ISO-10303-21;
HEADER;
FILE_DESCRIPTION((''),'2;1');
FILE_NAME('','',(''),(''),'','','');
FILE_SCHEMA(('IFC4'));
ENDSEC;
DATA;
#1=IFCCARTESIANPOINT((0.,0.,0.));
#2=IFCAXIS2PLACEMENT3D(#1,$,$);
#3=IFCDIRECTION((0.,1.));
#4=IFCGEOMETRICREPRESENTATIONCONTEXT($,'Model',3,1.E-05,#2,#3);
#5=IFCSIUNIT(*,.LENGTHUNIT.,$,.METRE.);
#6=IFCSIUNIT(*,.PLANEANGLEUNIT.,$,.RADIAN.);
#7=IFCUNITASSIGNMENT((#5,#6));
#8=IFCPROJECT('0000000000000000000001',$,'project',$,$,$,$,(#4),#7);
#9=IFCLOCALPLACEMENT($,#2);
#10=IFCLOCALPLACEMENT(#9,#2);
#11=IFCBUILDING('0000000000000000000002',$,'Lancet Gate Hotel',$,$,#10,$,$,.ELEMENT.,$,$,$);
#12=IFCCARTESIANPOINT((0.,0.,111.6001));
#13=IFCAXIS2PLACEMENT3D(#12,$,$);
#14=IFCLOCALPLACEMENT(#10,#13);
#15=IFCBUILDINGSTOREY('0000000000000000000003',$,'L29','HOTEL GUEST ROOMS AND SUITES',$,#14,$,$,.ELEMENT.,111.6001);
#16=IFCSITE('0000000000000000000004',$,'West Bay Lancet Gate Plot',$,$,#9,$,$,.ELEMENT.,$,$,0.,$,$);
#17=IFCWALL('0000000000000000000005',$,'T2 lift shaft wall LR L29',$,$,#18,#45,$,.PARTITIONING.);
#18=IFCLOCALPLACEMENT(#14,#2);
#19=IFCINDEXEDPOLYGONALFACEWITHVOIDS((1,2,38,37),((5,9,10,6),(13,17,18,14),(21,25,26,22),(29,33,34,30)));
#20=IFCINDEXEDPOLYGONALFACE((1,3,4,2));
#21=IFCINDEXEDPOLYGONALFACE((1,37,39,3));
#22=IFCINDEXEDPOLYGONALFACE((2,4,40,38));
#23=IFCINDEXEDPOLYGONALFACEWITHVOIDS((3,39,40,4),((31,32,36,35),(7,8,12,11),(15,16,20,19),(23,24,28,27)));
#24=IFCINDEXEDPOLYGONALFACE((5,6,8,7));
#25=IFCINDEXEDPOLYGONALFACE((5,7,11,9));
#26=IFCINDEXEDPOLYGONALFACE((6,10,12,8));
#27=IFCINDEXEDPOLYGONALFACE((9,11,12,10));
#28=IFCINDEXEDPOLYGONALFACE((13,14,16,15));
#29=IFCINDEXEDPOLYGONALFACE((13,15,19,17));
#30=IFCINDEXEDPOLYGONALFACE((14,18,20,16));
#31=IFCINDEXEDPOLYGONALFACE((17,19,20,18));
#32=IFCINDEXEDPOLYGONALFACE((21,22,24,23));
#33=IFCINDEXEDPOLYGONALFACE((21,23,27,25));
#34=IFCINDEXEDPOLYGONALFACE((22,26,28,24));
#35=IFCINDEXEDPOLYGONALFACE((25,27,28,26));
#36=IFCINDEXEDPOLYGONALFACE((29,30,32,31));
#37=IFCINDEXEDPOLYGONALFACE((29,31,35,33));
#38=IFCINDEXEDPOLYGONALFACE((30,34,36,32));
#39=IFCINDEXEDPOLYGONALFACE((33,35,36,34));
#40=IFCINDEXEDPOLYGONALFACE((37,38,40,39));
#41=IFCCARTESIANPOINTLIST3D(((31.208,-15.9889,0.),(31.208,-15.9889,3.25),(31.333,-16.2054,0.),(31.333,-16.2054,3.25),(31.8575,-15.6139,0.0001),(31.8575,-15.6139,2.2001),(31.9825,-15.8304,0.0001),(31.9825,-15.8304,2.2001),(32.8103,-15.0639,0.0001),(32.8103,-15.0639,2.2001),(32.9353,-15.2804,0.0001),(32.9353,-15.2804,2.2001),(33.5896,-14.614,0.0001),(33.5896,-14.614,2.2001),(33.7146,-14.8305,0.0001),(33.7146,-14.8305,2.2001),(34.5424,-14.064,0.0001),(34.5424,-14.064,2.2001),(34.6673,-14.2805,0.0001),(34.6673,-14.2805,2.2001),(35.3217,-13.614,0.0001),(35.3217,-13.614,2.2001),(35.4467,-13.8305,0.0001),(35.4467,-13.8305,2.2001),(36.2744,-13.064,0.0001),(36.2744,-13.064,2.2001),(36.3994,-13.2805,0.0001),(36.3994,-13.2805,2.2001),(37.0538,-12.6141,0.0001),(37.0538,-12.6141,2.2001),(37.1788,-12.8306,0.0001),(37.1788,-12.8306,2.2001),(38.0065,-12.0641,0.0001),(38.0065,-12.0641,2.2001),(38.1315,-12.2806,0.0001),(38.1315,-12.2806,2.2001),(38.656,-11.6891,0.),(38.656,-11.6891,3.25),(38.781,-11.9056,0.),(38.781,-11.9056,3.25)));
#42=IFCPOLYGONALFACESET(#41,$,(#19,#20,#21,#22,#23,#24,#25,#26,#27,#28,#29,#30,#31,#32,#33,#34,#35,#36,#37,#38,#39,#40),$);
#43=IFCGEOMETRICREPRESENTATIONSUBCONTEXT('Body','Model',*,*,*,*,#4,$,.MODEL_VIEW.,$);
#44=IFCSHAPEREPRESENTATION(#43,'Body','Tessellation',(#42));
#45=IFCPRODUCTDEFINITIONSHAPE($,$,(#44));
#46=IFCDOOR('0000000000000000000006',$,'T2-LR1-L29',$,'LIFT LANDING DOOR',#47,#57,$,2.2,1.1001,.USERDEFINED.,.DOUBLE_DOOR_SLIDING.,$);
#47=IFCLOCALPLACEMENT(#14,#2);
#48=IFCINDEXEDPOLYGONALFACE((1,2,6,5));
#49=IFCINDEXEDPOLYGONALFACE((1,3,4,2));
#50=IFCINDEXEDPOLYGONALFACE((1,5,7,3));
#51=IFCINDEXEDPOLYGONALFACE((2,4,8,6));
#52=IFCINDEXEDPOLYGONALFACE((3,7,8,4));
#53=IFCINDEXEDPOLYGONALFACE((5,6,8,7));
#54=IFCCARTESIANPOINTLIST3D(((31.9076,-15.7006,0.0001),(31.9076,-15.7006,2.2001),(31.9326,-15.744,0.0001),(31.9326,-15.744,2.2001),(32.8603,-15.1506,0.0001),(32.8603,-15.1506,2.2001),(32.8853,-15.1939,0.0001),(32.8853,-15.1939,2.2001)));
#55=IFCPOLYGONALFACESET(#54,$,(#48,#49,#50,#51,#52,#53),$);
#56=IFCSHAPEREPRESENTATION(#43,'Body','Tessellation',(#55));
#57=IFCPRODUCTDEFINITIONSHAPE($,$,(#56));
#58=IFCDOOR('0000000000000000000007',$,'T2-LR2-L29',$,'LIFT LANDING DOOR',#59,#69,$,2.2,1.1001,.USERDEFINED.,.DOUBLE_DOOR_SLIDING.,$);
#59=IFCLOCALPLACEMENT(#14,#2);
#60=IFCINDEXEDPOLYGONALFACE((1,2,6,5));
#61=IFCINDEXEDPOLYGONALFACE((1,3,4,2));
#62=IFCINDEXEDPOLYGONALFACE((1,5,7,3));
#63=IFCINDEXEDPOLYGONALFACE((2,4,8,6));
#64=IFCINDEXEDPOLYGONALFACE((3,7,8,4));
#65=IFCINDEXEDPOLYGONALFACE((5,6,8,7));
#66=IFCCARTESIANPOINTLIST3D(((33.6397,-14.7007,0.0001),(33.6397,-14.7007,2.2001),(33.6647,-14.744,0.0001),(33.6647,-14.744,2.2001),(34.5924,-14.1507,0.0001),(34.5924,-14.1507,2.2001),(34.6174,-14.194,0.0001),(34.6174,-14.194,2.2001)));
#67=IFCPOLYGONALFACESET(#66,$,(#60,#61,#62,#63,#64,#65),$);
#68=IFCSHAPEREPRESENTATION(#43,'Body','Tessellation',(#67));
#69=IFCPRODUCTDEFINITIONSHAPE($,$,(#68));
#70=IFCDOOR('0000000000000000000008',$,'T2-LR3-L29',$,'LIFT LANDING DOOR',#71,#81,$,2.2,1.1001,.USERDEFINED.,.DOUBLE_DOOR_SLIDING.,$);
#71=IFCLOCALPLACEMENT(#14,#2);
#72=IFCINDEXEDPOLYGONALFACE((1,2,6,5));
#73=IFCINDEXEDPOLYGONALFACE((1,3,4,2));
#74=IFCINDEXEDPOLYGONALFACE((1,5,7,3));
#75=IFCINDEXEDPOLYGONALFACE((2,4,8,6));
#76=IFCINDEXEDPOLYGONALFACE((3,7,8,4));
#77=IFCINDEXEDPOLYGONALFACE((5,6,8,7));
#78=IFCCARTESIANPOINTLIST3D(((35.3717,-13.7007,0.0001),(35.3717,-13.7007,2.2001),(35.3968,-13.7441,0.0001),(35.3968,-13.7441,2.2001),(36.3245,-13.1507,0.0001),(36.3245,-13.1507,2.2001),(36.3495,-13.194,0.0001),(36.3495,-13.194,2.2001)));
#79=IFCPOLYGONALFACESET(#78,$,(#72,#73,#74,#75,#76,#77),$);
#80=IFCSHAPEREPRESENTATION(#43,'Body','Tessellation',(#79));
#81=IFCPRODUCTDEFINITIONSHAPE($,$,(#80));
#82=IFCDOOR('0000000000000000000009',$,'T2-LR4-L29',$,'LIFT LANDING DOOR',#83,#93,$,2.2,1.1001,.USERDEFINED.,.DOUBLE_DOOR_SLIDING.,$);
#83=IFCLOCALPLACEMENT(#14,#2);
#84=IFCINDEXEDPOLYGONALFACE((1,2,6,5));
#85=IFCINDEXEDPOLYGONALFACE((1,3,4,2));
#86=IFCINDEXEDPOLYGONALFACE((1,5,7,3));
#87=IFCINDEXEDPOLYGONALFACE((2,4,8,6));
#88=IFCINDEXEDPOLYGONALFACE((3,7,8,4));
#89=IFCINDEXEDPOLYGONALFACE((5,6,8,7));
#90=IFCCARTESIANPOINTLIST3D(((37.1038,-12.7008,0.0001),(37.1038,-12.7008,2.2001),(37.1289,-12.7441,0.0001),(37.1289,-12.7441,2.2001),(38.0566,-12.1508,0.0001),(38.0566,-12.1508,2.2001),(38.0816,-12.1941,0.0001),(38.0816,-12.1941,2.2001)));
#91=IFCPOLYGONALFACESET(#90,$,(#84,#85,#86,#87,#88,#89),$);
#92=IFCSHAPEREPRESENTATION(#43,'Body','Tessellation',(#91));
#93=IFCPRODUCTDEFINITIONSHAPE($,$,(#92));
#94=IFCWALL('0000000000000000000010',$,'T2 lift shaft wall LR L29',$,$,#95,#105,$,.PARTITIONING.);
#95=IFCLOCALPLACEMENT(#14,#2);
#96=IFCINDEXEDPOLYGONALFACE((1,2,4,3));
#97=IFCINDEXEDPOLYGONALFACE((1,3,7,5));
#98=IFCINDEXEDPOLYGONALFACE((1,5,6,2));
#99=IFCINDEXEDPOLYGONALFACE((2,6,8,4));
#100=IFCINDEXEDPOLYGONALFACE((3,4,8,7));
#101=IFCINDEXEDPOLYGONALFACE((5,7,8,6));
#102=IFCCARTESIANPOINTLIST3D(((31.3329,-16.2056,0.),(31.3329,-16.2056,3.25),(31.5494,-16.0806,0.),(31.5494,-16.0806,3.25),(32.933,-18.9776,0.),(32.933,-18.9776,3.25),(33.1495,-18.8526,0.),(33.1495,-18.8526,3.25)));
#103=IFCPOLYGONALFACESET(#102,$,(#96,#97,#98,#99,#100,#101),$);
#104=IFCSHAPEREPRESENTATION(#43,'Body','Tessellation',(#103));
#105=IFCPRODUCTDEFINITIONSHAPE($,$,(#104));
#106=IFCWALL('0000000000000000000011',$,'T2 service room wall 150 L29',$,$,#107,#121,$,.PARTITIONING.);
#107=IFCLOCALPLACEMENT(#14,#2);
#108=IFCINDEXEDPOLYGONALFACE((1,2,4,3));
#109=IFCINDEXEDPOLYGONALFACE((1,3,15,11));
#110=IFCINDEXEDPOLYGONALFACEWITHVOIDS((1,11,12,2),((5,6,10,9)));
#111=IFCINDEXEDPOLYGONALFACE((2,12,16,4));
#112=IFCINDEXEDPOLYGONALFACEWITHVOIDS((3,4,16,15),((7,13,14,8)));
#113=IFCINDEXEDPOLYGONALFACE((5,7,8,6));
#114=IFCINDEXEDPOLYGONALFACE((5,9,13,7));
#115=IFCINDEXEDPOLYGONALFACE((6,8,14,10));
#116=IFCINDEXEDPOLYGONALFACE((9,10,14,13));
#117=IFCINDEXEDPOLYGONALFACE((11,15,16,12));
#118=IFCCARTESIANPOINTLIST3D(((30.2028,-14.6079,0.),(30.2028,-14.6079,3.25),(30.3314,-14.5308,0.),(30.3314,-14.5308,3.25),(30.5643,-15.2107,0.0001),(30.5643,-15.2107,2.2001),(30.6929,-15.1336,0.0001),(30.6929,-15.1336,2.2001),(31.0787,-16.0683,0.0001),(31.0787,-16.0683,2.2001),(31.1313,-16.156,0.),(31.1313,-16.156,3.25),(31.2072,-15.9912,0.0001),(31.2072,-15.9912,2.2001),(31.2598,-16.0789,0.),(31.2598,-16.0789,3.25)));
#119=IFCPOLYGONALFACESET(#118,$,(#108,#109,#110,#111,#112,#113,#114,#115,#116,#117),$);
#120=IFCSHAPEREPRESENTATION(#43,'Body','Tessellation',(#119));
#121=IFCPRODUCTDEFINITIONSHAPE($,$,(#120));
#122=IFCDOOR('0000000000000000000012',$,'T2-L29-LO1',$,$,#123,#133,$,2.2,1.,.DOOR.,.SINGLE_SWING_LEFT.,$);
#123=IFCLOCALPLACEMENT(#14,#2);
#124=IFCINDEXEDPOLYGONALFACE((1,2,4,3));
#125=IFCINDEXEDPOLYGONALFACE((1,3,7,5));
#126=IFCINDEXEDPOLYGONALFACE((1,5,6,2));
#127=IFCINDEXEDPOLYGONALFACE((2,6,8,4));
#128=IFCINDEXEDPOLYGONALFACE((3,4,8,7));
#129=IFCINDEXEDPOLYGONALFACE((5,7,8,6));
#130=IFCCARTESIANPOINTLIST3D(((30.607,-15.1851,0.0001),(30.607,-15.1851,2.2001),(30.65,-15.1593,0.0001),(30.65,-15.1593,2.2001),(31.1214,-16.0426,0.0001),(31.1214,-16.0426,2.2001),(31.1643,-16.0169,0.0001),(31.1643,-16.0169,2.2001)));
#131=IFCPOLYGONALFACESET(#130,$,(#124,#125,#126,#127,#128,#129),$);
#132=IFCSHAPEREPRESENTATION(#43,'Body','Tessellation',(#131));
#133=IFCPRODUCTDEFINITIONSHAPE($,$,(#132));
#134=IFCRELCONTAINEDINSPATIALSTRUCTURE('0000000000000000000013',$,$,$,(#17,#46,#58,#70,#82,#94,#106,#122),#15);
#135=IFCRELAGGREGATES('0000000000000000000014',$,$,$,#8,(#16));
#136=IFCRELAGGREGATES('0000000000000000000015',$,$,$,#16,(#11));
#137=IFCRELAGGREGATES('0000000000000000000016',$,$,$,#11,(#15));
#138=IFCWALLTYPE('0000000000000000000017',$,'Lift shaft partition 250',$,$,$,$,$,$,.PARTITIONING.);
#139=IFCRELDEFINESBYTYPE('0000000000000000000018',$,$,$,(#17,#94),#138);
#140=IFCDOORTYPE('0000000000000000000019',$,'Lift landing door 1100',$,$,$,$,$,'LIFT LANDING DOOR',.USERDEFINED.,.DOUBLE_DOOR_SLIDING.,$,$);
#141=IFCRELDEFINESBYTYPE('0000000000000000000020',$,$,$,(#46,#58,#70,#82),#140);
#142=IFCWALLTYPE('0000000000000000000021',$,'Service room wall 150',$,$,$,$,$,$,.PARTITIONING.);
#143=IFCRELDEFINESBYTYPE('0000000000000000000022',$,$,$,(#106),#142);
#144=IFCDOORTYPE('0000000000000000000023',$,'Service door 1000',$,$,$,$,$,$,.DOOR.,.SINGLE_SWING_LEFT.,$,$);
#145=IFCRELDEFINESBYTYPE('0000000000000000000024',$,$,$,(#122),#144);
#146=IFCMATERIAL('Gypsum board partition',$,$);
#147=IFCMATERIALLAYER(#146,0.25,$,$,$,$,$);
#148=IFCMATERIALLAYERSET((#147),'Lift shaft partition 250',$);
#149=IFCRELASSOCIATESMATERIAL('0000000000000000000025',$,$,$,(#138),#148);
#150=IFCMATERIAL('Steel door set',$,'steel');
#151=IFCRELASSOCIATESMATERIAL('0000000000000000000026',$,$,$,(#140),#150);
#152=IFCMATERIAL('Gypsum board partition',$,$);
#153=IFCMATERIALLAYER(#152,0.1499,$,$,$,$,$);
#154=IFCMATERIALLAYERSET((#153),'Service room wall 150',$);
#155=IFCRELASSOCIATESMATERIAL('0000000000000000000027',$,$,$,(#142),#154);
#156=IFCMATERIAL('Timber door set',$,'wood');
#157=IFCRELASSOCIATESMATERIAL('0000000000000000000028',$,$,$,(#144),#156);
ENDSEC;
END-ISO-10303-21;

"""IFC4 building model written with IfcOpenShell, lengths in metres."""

from ifc_helpers import new_model, si_unit, direction, frame, frame_2d, origin, place, context, subcontext, project, spatial, rectangle, extrude, material, layer, layer_set, type_object, element, fill, save


model = new_model("IFC4")

# Units and contexts
model_context = context("Model", 3, precision=1e-05, world=origin(), true_north=direction((0.0, 1.0)))
body_context = subcontext(model_context, "Body", "Model", "MODEL_VIEW")
ifc_project = project(units=[si_unit("LENGTHUNIT", "METRE"), si_unit("PLANEANGLEUNIT", "RADIAN")], contexts=[model_context])

# Site, building, storey
site_placement = place(None, origin())
site = spatial("IfcSite", under=ifc_project, at=site_placement, Name="West Bay Lancet Gate Plot", CompositionType="ELEMENT", RefElevation=0.0)
building_placement = place(site_placement, origin())
building = spatial("IfcBuilding", under=site, at=building_placement, Name="Lancet Gate Hotel", CompositionType="ELEMENT")
storey_placement = place(building_placement, frame((0.0, 0.0, 111.6001)))
storey = spatial("IfcBuildingStorey", under=building, at=storey_placement, Name="L29", Description="HOTEL GUEST ROOMS AND SUITES", CompositionType="ELEMENT", Elevation=111.6001)

# Wall, openings, doors
ifc_material_1 = material(Name="Gypsum board partition")
ifc_layer_1 = layer(ifc_material_1, 0.25)
ifc_layer_set_1 = layer_set([ifc_layer_1], Name="Lift shaft partition 250")
wall_type_1 = type_object("IfcWallType", Name="Lift shaft partition 250", PredefinedType="PARTITIONING", material=ifc_layer_set_1)
wall_1_placement = place(storey_placement, frame((31.2705, -16.0972, 0.0), z_axis=(0.0, 0.0, 1.0), x_axis=(0.86604, 0.499974, 0.0)))
wall_1 = element("IfcWall", 1, at=wall_1_placement, inside=storey, type_object=wall_type_1, Name="T2 lift shaft wall LR L29", PredefinedType="PARTITIONING", context=body_context, shape_type="SweptSolid", body=[
    extrude(rectangle(XDim=8.6001, YDim=0.25, at=frame_2d((4.3, 0.0))), origin(), (0.0, 0.0, 1.0), 3.25),
])
opening_1_placement = place(wall_1_placement, frame((0.75, 0.0, 0.0)))
opening_1 = element("IfcOpeningElement", 2, at=opening_1_placement, cuts=wall_1, PredefinedType="OPENING", context=body_context, shape_type="SweptSolid", body=[
    extrude(rectangle(XDim=1.1001, YDim=2.2, at=frame_2d((0.55, 1.1001))), frame((0.0, 0.135, 0.0), z_axis=(0.0, -1.0, 0.0), x_axis=(1.0, 0.0, 0.0)), (0.0, 0.0, 1.0), 0.27),
])
opening_2_placement = place(wall_1_placement, frame((2.75, 0.0, 0.0)))
opening_2 = element("IfcOpeningElement", 3, at=opening_2_placement, cuts=wall_1, PredefinedType="OPENING", context=body_context, shape_type="SweptSolid", body=[
    extrude(rectangle(XDim=1.1001, YDim=2.2, at=frame_2d((0.55, 1.1001))), frame((0.0, 0.135, 0.0), z_axis=(0.0, -1.0, 0.0), x_axis=(1.0, 0.0, 0.0)), (0.0, 0.0, 1.0), 0.27),
])
opening_3_placement = place(wall_1_placement, frame((4.75, 0.0, 0.0)))
opening_3 = element("IfcOpeningElement", 4, at=opening_3_placement, cuts=wall_1, PredefinedType="OPENING", context=body_context, shape_type="SweptSolid", body=[
    extrude(rectangle(XDim=1.1001, YDim=2.2, at=frame_2d((0.55, 1.1001))), frame((0.0, 0.135, 0.0), z_axis=(0.0, -1.0, 0.0), x_axis=(1.0, 0.0, 0.0)), (0.0, 0.0, 1.0), 0.27),
])
opening_4_placement = place(wall_1_placement, frame((6.75, 0.0, 0.0)))
opening_4 = element("IfcOpeningElement", 5, at=opening_4_placement, cuts=wall_1, PredefinedType="OPENING", context=body_context, shape_type="SweptSolid", body=[
    extrude(rectangle(XDim=1.1001, YDim=2.2, at=frame_2d((0.55, 1.1001))), frame((0.0, 0.135, 0.0), z_axis=(0.0, -1.0, 0.0), x_axis=(1.0, 0.0, 0.0)), (0.0, 0.0, 1.0), 0.27),
])
ifc_material_2 = material(Name="Steel door set", Category="steel")
door_type_1 = type_object("IfcDoorType", Name="Lift landing door 1100", ElementType="LIFT LANDING DOOR", OperationType="DOUBLE_DOOR_SLIDING", PredefinedType="USERDEFINED", material=ifc_material_2)
door_1_placement = place(opening_1_placement, origin())
door_1 = element("IfcDoor", 6, at=door_1_placement, inside=storey, type_object=door_type_1, Name="T2-LR1-L29", ObjectType="LIFT LANDING DOOR", OperationType="DOUBLE_DOOR_SLIDING", OverallHeight=2.2, OverallWidth=1.1001, PredefinedType="USERDEFINED", context=body_context, shape_type="SweptSolid", body=[
    extrude(rectangle(XDim=1.1001, YDim=2.2, at=frame_2d((0.55, 1.1001))), frame((0.0, 0.0249, 0.0), z_axis=(0.0, -1.0, 0.0), x_axis=(1.0, 0.0, 0.0)), (0.0, 0.0, 1.0), 0.05),
])
fill(opening_1, door_1)
door_2_placement = place(opening_2_placement, origin())
door_2 = element("IfcDoor", 7, at=door_2_placement, inside=storey, type_object=door_type_1, Name="T2-LR2-L29", ObjectType="LIFT LANDING DOOR", OperationType="DOUBLE_DOOR_SLIDING", OverallHeight=2.2, OverallWidth=1.1001, PredefinedType="USERDEFINED", context=body_context, shape_type="SweptSolid", body=[
    extrude(rectangle(XDim=1.1001, YDim=2.2, at=frame_2d((0.55, 1.1001))), frame((0.0, 0.0249, 0.0), z_axis=(0.0, -1.0, 0.0), x_axis=(1.0, 0.0, 0.0)), (0.0, 0.0, 1.0), 0.05),
])
fill(opening_2, door_2)
door_3_placement = place(opening_3_placement, origin())
door_3 = element("IfcDoor", 8, at=door_3_placement, inside=storey, type_object=door_type_1, Name="T2-LR3-L29", ObjectType="LIFT LANDING DOOR", OperationType="DOUBLE_DOOR_SLIDING", OverallHeight=2.2, OverallWidth=1.1001, PredefinedType="USERDEFINED", context=body_context, shape_type="SweptSolid", body=[
    extrude(rectangle(XDim=1.1001, YDim=2.2, at=frame_2d((0.55, 1.1001))), frame((0.0, 0.0249, 0.0), z_axis=(0.0, -1.0, 0.0), x_axis=(1.0, 0.0, 0.0)), (0.0, 0.0, 1.0), 0.05),
])
fill(opening_3, door_3)
door_4_placement = place(opening_4_placement, origin())
door_4 = element("IfcDoor", 9, at=door_4_placement, inside=storey, type_object=door_type_1, Name="T2-LR4-L29", ObjectType="LIFT LANDING DOOR", OperationType="DOUBLE_DOOR_SLIDING", OverallHeight=2.2, OverallWidth=1.1001, PredefinedType="USERDEFINED", context=body_context, shape_type="SweptSolid", body=[
    extrude(rectangle(XDim=1.1001, YDim=2.2, at=frame_2d((0.55, 1.1001))), frame((0.0, 0.0249, 0.0), z_axis=(0.0, -1.0, 0.0), x_axis=(1.0, 0.0, 0.0)), (0.0, 0.0, 1.0), 0.05),
])
fill(opening_4, door_4)

# Wall
wall_2_placement = place(storey_placement, frame((31.4412, -16.1431, 0.0), z_axis=(0.0, 0.0, 1.0), x_axis=(0.499929, -0.866066, 0.0)))
element("IfcWall", 10, at=wall_2_placement, inside=storey, type_object=wall_type_1, Name="T2 lift shaft wall LR L29", PredefinedType="PARTITIONING", context=body_context, shape_type="SweptSolid", body=[
    extrude(rectangle(XDim=3.2007, YDim=0.25, at=frame_2d((1.6003, 0.0))), origin(), (0.0, 0.0, 1.0), 3.25),
])

# Wall, opening, door
ifc_material_3 = material(Name="Gypsum board partition")
ifc_layer_2 = layer(ifc_material_3, 0.1499)
ifc_layer_set_2 = layer_set([ifc_layer_2], Name="Service room wall 150")
wall_type_2 = type_object("IfcWallType", Name="Service room wall 150", PredefinedType="PARTITIONING", material=ifc_layer_set_2)
wall_3_placement = place(storey_placement, frame((30.2671, -14.5693, 0.0), z_axis=(0.0, 0.0, 1.0), x_axis=(0.514337, -0.857588, 0.0)))
wall_3 = element("IfcWall", 11, at=wall_3_placement, inside=storey, type_object=wall_type_2, Name="T2 service room wall 150 L29", PredefinedType="PARTITIONING", context=body_context, shape_type="SweptSolid", body=[
    extrude(rectangle(XDim=1.8052, YDim=0.1499, at=frame_2d((0.9026, 0.0))), origin(), (0.0, 0.0, 1.0), 3.25),
])
opening_5_placement = place(wall_3_placement, frame((0.7029, 0.0, 0.0)))
opening_5 = element("IfcOpeningElement", 12, at=opening_5_placement, cuts=wall_3, PredefinedType="OPENING", context=body_context, shape_type="SweptSolid", body=[
    extrude(rectangle(XDim=1.0, YDim=2.2, at=frame_2d((0.5, 1.1001))), frame((0.0, 0.085, 0.0), z_axis=(0.0, -1.0, 0.0), x_axis=(1.0, 0.0, 0.0)), (0.0, 0.0, 1.0), 0.1699),
])
ifc_material_4 = material(Name="Timber door set", Category="wood")
door_type_2 = type_object("IfcDoorType", Name="Service door 1000", OperationType="SINGLE_SWING_LEFT", PredefinedType="DOOR", material=ifc_material_4)
door_5_placement = place(opening_5_placement, origin())
door_5 = element("IfcDoor", 13, at=door_5_placement, inside=storey, type_object=door_type_2, Name="T2-L29-LO1", OperationType="SINGLE_SWING_LEFT", OverallHeight=2.2, OverallWidth=1.0, PredefinedType="DOOR", context=body_context, shape_type="SweptSolid", body=[
    extrude(rectangle(XDim=1.0, YDim=2.2, at=frame_2d((0.5, 1.1001))), frame((0.0, 0.0249, 0.0), z_axis=(0.0, -1.0, 0.0), x_axis=(1.0, 0.0, 0.0)), (0.0, 0.0, 1.0), 0.05),
])
fill(opening_5, door_5)

save(model, "model.ifc")
